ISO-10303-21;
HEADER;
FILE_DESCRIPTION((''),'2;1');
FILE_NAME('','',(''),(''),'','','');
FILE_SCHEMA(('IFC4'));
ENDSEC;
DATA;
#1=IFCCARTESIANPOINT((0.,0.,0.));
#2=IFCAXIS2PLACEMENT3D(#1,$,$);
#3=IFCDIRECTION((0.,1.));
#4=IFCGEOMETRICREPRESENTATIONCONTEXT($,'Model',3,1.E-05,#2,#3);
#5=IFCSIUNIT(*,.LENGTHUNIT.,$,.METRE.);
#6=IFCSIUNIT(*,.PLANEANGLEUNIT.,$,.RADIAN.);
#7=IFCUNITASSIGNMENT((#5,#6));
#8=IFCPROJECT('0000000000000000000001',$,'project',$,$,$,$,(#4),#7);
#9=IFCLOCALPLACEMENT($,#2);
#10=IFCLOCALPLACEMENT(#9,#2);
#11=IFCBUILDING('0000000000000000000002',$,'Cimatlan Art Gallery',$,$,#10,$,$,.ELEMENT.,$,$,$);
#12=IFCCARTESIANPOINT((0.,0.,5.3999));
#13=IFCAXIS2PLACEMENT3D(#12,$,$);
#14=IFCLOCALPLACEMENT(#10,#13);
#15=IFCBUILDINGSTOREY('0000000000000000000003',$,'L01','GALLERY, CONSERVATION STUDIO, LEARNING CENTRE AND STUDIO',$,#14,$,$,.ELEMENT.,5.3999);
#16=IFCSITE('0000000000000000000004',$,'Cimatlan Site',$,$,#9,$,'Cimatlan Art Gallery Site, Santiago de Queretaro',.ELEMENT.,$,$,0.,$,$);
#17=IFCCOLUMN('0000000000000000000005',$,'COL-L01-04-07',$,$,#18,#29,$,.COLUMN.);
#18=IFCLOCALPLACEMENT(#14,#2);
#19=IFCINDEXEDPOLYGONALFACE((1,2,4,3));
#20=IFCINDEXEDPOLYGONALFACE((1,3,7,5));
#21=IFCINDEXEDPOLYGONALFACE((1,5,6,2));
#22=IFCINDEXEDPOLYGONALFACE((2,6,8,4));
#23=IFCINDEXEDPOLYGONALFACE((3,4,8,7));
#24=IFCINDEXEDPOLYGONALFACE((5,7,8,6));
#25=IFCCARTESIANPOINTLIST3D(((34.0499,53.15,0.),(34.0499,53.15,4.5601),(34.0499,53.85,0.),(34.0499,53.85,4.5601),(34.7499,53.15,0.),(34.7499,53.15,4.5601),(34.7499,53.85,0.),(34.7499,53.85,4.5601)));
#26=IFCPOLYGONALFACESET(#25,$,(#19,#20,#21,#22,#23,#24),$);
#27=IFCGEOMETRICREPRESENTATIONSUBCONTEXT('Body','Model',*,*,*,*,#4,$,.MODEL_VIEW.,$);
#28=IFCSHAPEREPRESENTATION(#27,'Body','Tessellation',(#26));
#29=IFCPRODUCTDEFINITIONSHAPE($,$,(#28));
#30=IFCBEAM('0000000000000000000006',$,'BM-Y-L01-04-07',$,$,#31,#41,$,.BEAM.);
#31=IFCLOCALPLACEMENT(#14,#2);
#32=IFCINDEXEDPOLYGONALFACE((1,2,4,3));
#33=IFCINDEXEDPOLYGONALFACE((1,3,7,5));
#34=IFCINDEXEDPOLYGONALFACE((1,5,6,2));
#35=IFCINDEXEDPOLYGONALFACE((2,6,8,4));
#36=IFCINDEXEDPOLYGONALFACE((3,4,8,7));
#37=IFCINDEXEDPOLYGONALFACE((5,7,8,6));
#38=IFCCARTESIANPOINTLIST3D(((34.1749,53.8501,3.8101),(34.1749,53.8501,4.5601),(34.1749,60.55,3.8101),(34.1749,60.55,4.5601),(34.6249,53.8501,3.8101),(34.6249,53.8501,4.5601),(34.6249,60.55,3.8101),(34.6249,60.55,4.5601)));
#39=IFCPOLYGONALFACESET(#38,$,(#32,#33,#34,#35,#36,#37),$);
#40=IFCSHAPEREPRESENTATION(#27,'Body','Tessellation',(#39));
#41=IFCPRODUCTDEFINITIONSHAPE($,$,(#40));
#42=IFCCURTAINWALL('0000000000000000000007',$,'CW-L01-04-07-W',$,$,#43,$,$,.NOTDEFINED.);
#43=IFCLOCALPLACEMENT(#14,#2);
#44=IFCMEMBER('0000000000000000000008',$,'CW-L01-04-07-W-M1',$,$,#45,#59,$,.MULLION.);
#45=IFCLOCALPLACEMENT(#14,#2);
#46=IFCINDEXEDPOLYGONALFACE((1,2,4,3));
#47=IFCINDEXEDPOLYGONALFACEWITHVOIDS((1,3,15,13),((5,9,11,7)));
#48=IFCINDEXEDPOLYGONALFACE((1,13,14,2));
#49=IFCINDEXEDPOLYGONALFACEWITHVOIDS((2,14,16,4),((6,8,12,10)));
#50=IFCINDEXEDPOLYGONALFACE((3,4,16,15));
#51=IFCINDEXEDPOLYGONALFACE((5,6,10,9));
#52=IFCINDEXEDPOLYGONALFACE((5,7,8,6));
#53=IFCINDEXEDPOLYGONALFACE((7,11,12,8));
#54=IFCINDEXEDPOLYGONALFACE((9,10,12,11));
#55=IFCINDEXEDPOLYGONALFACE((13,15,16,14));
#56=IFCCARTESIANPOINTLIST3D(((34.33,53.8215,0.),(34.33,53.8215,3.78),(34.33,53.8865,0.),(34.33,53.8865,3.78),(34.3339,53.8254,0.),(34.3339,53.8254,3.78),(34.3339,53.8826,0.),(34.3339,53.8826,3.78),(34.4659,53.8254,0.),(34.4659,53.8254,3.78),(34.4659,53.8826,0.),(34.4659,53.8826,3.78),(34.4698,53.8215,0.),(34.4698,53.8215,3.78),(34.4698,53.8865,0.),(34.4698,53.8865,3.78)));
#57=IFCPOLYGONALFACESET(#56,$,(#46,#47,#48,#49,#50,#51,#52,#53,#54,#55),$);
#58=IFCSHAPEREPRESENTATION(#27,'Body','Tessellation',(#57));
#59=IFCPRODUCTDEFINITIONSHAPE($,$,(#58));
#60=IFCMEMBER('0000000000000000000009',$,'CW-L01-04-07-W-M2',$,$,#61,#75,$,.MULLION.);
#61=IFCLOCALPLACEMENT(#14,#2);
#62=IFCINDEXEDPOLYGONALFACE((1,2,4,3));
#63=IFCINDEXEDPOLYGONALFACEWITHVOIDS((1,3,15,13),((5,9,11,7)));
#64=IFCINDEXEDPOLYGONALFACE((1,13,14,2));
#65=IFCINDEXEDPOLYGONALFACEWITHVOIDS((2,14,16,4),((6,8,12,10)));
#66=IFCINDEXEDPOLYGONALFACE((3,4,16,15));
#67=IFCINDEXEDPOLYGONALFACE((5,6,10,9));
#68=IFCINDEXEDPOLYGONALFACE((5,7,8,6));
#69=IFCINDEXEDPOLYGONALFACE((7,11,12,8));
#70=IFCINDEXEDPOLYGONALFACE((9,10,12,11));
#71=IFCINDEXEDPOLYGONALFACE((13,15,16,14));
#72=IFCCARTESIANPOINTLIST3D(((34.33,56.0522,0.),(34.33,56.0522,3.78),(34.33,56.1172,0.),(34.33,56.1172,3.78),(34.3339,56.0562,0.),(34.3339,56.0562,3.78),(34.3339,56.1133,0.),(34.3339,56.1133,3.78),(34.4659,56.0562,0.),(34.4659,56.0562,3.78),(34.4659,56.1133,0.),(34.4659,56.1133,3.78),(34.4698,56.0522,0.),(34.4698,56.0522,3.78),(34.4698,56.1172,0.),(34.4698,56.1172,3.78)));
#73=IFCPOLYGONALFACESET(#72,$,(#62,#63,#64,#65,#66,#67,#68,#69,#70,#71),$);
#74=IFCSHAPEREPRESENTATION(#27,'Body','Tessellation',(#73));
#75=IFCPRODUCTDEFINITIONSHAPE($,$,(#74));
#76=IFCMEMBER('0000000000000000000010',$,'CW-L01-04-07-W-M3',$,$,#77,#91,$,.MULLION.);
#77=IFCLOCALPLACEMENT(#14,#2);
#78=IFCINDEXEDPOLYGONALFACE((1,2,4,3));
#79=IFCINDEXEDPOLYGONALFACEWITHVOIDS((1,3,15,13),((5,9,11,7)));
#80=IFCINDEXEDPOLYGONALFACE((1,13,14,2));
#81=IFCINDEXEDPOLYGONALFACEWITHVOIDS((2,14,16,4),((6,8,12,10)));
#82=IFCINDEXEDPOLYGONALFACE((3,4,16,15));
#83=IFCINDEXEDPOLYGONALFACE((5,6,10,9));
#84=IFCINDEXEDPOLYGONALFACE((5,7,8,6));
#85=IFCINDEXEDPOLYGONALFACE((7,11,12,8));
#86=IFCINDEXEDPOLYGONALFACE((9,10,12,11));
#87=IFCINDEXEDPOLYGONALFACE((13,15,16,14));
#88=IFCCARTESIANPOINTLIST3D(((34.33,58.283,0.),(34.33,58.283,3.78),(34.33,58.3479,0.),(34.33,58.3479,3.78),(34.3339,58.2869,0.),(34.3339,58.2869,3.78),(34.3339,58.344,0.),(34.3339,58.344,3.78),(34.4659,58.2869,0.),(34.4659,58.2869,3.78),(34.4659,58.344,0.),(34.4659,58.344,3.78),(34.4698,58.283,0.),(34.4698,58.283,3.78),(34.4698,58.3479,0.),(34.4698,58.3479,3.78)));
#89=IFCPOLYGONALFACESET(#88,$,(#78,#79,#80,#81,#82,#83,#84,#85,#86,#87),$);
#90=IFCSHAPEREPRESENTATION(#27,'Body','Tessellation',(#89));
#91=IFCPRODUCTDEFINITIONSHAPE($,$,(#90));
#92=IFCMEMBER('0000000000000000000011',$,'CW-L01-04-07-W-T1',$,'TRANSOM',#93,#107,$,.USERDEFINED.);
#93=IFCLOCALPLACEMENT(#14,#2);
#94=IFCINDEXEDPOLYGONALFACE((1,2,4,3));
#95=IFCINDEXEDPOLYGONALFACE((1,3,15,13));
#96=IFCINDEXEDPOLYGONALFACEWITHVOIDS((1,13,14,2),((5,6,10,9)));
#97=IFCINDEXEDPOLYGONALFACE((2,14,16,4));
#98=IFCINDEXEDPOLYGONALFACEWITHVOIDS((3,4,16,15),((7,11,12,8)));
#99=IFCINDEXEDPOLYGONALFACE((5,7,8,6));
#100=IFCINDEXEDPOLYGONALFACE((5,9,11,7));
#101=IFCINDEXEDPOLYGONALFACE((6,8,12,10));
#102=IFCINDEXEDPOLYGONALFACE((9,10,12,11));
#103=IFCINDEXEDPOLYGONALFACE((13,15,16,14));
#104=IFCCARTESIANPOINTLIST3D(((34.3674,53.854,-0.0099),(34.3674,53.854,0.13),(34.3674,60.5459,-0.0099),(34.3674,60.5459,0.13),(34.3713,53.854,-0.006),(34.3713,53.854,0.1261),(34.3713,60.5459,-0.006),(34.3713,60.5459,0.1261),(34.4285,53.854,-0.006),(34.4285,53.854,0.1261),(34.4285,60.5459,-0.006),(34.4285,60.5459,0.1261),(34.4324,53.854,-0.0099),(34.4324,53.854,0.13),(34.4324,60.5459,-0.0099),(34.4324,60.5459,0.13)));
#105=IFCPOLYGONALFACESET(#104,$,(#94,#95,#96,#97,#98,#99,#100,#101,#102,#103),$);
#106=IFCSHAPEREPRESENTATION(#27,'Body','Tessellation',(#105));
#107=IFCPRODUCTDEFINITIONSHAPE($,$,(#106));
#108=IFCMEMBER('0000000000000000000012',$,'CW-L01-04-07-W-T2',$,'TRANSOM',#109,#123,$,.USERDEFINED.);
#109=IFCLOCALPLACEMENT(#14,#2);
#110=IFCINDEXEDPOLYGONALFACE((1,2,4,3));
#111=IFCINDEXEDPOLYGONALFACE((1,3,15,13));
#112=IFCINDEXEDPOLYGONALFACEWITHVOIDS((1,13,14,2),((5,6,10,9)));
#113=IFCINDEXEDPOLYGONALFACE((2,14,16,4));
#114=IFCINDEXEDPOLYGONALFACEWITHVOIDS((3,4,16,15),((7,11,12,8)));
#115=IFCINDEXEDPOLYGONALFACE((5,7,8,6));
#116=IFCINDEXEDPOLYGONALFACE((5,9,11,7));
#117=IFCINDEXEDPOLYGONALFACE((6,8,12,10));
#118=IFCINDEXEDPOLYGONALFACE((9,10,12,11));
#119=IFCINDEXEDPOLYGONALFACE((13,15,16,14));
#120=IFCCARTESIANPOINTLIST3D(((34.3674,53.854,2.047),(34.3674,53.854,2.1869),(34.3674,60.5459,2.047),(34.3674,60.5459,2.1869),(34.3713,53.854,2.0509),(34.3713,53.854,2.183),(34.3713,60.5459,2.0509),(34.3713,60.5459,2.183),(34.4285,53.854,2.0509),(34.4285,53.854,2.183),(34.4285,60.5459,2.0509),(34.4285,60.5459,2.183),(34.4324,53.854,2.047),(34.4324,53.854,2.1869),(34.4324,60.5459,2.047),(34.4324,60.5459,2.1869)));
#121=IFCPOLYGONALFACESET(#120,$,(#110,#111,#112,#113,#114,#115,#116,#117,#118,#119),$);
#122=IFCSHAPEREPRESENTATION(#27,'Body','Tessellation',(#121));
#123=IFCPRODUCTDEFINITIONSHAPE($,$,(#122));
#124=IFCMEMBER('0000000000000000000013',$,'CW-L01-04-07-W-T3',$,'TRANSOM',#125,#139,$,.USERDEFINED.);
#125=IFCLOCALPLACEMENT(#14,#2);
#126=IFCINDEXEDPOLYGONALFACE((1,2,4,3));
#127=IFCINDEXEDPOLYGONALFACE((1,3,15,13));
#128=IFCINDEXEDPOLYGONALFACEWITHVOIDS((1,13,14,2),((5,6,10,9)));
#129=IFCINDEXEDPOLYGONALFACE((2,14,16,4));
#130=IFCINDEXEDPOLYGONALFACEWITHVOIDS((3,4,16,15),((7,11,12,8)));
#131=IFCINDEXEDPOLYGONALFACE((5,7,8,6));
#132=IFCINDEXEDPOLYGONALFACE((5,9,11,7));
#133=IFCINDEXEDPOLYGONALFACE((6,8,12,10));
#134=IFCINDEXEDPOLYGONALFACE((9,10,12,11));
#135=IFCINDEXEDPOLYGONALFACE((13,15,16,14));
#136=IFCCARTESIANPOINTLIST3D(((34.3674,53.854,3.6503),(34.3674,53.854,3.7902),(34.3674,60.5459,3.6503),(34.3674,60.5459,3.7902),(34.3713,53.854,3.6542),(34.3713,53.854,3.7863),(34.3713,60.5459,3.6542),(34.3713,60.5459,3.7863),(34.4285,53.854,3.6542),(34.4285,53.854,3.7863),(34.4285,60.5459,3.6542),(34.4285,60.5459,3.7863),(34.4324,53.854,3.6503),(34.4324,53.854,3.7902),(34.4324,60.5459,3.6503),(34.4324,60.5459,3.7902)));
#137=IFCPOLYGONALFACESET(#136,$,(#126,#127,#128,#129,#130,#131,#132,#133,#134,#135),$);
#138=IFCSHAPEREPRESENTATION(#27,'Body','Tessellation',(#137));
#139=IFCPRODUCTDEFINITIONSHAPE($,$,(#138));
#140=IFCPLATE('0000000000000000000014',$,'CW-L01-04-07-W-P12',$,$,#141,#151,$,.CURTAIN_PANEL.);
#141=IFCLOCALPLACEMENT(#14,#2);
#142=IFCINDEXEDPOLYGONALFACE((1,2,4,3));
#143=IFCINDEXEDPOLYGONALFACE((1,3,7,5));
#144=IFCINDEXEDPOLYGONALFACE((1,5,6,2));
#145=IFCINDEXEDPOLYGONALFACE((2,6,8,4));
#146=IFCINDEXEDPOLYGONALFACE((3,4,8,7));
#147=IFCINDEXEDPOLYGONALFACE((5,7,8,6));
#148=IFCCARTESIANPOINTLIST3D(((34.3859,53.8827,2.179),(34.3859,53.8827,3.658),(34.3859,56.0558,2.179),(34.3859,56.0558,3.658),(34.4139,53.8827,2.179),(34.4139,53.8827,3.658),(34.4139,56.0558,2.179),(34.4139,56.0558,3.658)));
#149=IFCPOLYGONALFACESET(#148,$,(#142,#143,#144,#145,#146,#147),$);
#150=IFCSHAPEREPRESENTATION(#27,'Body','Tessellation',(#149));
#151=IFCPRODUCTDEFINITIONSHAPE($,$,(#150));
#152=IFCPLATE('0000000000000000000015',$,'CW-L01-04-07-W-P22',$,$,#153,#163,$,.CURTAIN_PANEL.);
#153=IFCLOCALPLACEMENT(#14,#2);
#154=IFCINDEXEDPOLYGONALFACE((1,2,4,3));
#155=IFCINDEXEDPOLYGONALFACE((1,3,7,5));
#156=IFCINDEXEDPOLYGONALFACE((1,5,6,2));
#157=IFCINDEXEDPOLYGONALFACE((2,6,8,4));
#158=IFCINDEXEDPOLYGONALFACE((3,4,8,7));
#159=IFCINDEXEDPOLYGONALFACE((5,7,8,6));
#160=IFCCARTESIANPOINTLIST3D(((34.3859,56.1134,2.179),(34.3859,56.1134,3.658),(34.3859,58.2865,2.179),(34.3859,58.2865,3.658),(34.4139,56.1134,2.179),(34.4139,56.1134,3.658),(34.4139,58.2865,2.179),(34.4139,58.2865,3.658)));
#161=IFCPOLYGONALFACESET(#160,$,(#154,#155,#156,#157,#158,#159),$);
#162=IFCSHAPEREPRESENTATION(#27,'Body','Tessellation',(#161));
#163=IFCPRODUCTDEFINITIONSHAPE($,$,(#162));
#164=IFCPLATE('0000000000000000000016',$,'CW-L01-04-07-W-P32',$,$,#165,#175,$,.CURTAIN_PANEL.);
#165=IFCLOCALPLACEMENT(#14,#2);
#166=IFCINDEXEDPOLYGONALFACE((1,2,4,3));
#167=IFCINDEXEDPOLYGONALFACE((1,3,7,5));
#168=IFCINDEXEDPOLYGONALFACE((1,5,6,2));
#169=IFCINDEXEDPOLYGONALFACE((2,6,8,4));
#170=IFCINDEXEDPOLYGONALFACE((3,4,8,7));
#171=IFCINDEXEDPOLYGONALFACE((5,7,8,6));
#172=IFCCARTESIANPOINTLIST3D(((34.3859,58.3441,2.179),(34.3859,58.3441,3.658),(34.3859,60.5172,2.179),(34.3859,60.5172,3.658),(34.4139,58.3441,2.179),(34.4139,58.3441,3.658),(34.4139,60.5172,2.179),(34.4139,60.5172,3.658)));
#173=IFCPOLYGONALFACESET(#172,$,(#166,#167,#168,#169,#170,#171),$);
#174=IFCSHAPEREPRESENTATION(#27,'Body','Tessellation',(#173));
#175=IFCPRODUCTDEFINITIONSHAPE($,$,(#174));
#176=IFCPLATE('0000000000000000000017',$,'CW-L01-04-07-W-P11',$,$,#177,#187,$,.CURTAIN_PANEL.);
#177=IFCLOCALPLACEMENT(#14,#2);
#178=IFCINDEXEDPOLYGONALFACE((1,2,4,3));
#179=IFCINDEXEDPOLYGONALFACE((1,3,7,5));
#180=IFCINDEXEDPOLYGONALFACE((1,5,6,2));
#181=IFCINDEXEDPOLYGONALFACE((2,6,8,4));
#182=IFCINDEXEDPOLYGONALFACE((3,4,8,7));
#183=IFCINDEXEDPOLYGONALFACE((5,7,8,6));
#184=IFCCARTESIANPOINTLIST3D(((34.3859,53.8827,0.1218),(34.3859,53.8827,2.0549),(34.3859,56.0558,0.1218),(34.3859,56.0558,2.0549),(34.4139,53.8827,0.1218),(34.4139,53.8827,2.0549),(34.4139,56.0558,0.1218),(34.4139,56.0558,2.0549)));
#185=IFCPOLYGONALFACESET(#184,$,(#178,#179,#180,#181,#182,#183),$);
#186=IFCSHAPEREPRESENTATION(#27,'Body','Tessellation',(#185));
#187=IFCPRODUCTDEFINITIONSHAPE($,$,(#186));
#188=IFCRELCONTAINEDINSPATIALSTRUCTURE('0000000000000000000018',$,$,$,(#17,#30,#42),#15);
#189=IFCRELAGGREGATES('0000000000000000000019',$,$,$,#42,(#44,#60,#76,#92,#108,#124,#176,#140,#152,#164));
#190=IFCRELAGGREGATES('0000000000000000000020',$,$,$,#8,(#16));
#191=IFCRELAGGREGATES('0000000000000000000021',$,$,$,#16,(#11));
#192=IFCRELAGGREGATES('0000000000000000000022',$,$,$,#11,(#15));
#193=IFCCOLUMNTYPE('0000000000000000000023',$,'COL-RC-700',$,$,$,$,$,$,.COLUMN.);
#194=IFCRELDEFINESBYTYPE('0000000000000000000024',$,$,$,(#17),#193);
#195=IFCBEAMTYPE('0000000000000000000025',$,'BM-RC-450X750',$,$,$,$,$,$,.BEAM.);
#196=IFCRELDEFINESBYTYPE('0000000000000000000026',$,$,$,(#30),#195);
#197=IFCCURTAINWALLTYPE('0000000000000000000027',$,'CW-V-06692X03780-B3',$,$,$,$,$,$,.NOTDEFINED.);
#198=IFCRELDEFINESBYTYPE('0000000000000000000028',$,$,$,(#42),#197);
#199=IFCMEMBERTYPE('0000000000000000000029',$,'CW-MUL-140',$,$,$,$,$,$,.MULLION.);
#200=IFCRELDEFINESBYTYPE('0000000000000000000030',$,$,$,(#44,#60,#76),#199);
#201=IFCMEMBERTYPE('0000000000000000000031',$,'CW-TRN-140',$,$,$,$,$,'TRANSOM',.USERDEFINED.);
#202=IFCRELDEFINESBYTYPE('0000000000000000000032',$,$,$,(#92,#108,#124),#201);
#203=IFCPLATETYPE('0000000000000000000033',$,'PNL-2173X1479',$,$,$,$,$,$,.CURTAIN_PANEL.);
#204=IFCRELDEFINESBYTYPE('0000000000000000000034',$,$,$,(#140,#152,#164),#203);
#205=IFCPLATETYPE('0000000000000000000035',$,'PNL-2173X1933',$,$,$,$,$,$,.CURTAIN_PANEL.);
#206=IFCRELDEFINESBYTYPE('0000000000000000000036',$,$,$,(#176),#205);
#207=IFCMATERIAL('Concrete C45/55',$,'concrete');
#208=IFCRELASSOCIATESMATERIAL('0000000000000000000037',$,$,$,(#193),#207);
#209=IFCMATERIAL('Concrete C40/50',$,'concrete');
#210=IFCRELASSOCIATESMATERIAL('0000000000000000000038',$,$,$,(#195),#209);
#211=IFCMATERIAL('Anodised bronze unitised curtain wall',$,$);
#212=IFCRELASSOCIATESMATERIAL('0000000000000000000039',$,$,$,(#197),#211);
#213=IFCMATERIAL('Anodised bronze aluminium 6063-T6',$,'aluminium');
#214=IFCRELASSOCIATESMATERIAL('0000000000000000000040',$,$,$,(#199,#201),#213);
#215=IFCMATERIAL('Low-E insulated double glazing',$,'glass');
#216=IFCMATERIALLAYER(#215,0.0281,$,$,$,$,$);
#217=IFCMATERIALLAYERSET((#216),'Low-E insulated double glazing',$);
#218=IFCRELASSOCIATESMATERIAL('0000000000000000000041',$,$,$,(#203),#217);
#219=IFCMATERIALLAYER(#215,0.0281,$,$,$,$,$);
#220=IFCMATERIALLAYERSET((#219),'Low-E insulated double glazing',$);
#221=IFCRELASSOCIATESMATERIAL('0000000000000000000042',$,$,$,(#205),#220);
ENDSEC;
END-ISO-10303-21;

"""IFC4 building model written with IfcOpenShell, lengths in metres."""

from ifc_helpers import new_model, si_unit, direction, frame, origin, origin_2d, place, context, subcontext, project, spatial, rectangle, hollow_rectangle, extrude, material, layer, layer_set, material_profile, profile_set, type_object, element, aggregate, save


model = new_model("IFC4")

# Units and contexts
model_context = context("Model", 3, precision=1e-05, world=origin(), true_north=direction((0.0, 1.0)))
body_context = subcontext(model_context, "Body", "Model", "MODEL_VIEW")
ifc_project = project(units=[si_unit("LENGTHUNIT", "METRE"), si_unit("PLANEANGLEUNIT", "RADIAN")], contexts=[model_context])

# Site, building, storey
site_placement = place(None, origin())
site = spatial("IfcSite", under=ifc_project, at=site_placement, Name="Cimatlan Site", LongName="Cimatlan Art Gallery Site, Santiago de Queretaro", CompositionType="ELEMENT", RefElevation=0.0)
building_placement = place(site_placement, origin())
building = spatial("IfcBuilding", under=site, at=building_placement, Name="Cimatlan Art Gallery", CompositionType="ELEMENT")
storey_placement = place(building_placement, frame((0.0, 0.0, 5.3999)))
storey = spatial("IfcBuildingStorey", under=building, at=storey_placement, Name="L01", Description="GALLERY, CONSERVATION STUDIO, LEARNING CENTRE AND STUDIO", CompositionType="ELEMENT", Elevation=5.3999)

# Column
ifc_material_1 = material(Name="Concrete C45/55", Category="concrete")
ifc_material_profile_1 = material_profile(ifc_material_1, rectangle(XDim=0.7, YDim=0.7, at=origin_2d()), Name="RC700X700")
ifc_profile_set_1 = profile_set([ifc_material_profile_1], Name="Concrete C45/55")
column_type = type_object("IfcColumnType", Name="COL-RC-700", PredefinedType="COLUMN", material=ifc_profile_set_1)
column_placement = place(storey_placement, frame((34.3999, 53.5, 0.0), z_axis=(0.0, 0.0, 1.0), x_axis=(1.0, 0.0, 0.0)))
element("IfcColumn", 1, at=column_placement, inside=storey, type_object=column_type, Name="COL-L01-04-07", PredefinedType="COLUMN", context=body_context, shape_type="SweptSolid", body=[
    extrude(rectangle(XDim=0.7, YDim=0.7, at=origin_2d()), origin(), (0.0, 0.0, 1.0), 4.5601),
])

# Beam
ifc_material_2 = material(Name="Concrete C40/50", Category="concrete")
ifc_material_profile_2 = material_profile(ifc_material_2, rectangle(XDim=0.45, YDim=0.75, at=origin_2d()), Name="RC450X750")
ifc_profile_set_2 = profile_set([ifc_material_profile_2], Name="Concrete C40/50")
beam_type = type_object("IfcBeamType", Name="BM-RC-450X750", PredefinedType="BEAM", material=ifc_profile_set_2)
beam_placement = place(storey_placement, frame((34.3999, 53.8501, 4.1851), z_axis=(0.0, 1.0, 0.0), x_axis=(-1.0, 0.0, 0.0)))
element("IfcBeam", 2, at=beam_placement, inside=storey, type_object=beam_type, Name="BM-Y-L01-04-07", PredefinedType="BEAM", context=body_context, shape_type="SweptSolid", body=[
    extrude(rectangle(XDim=0.45, YDim=0.75, at=origin_2d()), origin(), (0.0, 0.0, 1.0), 6.7),
])

# Curtain wall, members, plates
ifc_material_3 = material(Name="Anodised bronze unitised curtain wall")
curtain_wall_type = type_object("IfcCurtainWallType", Name="CW-V-06692X03780-B3", PredefinedType="NOTDEFINED", material=ifc_material_3)
curtain_wall_placement = place(storey_placement, origin())
curtain_wall = element("IfcCurtainWall", 3, at=curtain_wall_placement, inside=storey, type_object=curtain_wall_type, Name="CW-L01-04-07-W", PredefinedType="NOTDEFINED")
ifc_material_4 = material(Name="Anodised bronze aluminium 6063-T6", Category="aluminium")
ifc_material_profile_3 = material_profile(ifc_material_4, hollow_rectangle(XDim=0.0649, YDim=0.1399, WallThickness=0.0039, at=origin_2d()), Name="ALU65X140X4")
ifc_profile_set_3 = profile_set([ifc_material_profile_3], Name="Anodised bronze aluminium 6063-T6")
member_type_1 = type_object("IfcMemberType", Name="CW-MUL-140", PredefinedType="MULLION", material=ifc_profile_set_3)
member_1_placement = place(storey_placement, frame((34.3999, 53.854, 0.0), z_axis=(0.0, 0.0, 1.0), x_axis=(0.0, 1.0, 0.0)))
member_1 = element("IfcMember", 4, at=member_1_placement, type_object=member_type_1, Name="CW-L01-04-07-W-M1", PredefinedType="MULLION", context=body_context, shape_type="SweptSolid", body=[
    extrude(hollow_rectangle(XDim=0.0649, YDim=0.1399, WallThickness=0.0039, at=origin_2d()), origin(), (0.0, 0.0, 1.0), 3.78),
])
member_2_placement = place(storey_placement, frame((34.3999, 56.0847, 0.0), z_axis=(0.0, 0.0, 1.0), x_axis=(0.0, 1.0, 0.0)))
member_2 = element("IfcMember", 5, at=member_2_placement, type_object=member_type_1, Name="CW-L01-04-07-W-M2", PredefinedType="MULLION", context=body_context, shape_type="SweptSolid", body=[
    extrude(hollow_rectangle(XDim=0.0649, YDim=0.1399, WallThickness=0.0039, at=origin_2d()), origin(), (0.0, 0.0, 1.0), 3.78),
])
member_3_placement = place(storey_placement, frame((34.3999, 58.3154, 0.0), z_axis=(0.0, 0.0, 1.0), x_axis=(0.0, 1.0, 0.0)))
member_3 = element("IfcMember", 6, at=member_3_placement, type_object=member_type_1, Name="CW-L01-04-07-W-M3", PredefinedType="MULLION", context=body_context, shape_type="SweptSolid", body=[
    extrude(hollow_rectangle(XDim=0.0649, YDim=0.1399, WallThickness=0.0039, at=origin_2d()), origin(), (0.0, 0.0, 1.0), 3.78),
])
ifc_material_profile_4 = material_profile(ifc_material_4, hollow_rectangle(XDim=0.0649, YDim=0.1399, WallThickness=0.0039, at=origin_2d()), Name="ALU65X140X4")
ifc_profile_set_4 = profile_set([ifc_material_profile_4], Name="Anodised bronze aluminium 6063-T6")
member_type_2 = type_object("IfcMemberType", Name="CW-TRN-140", ElementType="TRANSOM", PredefinedType="USERDEFINED", material=ifc_profile_set_4)
member_4_placement = place(storey_placement, frame((34.3999, 53.854, 0.0601), z_axis=(0.0, 1.0, 0.0), x_axis=(-1.0, 0.0, 0.0)))
member_4 = element("IfcMember", 7, at=member_4_placement, type_object=member_type_2, Name="CW-L01-04-07-W-T1", ObjectType="TRANSOM", PredefinedType="USERDEFINED", context=body_context, shape_type="SweptSolid", body=[
    extrude(hollow_rectangle(XDim=0.0649, YDim=0.1399, WallThickness=0.0039, at=origin_2d()), origin(), (0.0, 0.0, 1.0), 6.6919),
])
member_5_placement = place(storey_placement, frame((34.3999, 53.854, 2.1169), z_axis=(0.0, 1.0, 0.0), x_axis=(-1.0, 0.0, 0.0)))
member_5 = element("IfcMember", 8, at=member_5_placement, type_object=member_type_2, Name="CW-L01-04-07-W-T2", ObjectType="TRANSOM", PredefinedType="USERDEFINED", context=body_context, shape_type="SweptSolid", body=[
    extrude(hollow_rectangle(XDim=0.0649, YDim=0.1399, WallThickness=0.0039, at=origin_2d()), origin(), (0.0, 0.0, 1.0), 6.6919),
])
member_6_placement = place(storey_placement, frame((34.3999, 53.854, 3.7202), z_axis=(0.0, 1.0, 0.0), x_axis=(-1.0, 0.0, 0.0)))
member_6 = element("IfcMember", 9, at=member_6_placement, type_object=member_type_2, Name="CW-L01-04-07-W-T3", ObjectType="TRANSOM", PredefinedType="USERDEFINED", context=body_context, shape_type="SweptSolid", body=[
    extrude(hollow_rectangle(XDim=0.0649, YDim=0.1399, WallThickness=0.0039, at=origin_2d()), origin(), (0.0, 0.0, 1.0), 6.6919),
])
ifc_material_5 = material(Name="Low-E insulated double glazing", Category="glass")
ifc_layer_1 = layer(ifc_material_5, 0.0281)
ifc_layer_set_1 = layer_set([ifc_layer_1], Name="Low-E insulated double glazing")
plate_type_1 = type_object("IfcPlateType", Name="PNL-2173X1479", PredefinedType="CURTAIN_PANEL", material=ifc_layer_set_1)
plate_1_placement = place(storey_placement, frame((34.3999, 54.9692, 2.179), z_axis=(0.0, 0.0, 1.0), x_axis=(0.0, 1.0, 0.0)))
plate_1 = element("IfcPlate", 10, at=plate_1_placement, type_object=plate_type_1, Name="CW-L01-04-07-W-P12", PredefinedType="CURTAIN_PANEL", context=body_context, shape_type="SweptSolid", body=[
    extrude(rectangle(XDim=2.1731, YDim=0.0281, at=origin_2d()), origin(), (0.0, 0.0, 1.0), 1.479),
])
plate_2_placement = place(storey_placement, frame((34.3999, 57.2, 2.179), z_axis=(0.0, 0.0, 1.0), x_axis=(0.0, 1.0, 0.0)))
plate_2 = element("IfcPlate", 11, at=plate_2_placement, type_object=plate_type_1, Name="CW-L01-04-07-W-P22", PredefinedType="CURTAIN_PANEL", context=body_context, shape_type="SweptSolid", body=[
    extrude(rectangle(XDim=2.1731, YDim=0.0281, at=origin_2d()), origin(), (0.0, 0.0, 1.0), 1.479),
])
plate_3_placement = place(storey_placement, frame((34.3999, 59.4307, 2.179), z_axis=(0.0, 0.0, 1.0), x_axis=(0.0, 1.0, 0.0)))
plate_3 = element("IfcPlate", 12, at=plate_3_placement, type_object=plate_type_1, Name="CW-L01-04-07-W-P32", PredefinedType="CURTAIN_PANEL", context=body_context, shape_type="SweptSolid", body=[
    extrude(rectangle(XDim=2.1731, YDim=0.0281, at=origin_2d()), origin(), (0.0, 0.0, 1.0), 1.479),
])
ifc_layer_2 = layer(ifc_material_5, 0.0281)
ifc_layer_set_2 = layer_set([ifc_layer_2], Name="Low-E insulated double glazing")
plate_type_2 = type_object("IfcPlateType", Name="PNL-2173X1933", PredefinedType="CURTAIN_PANEL", material=ifc_layer_set_2)
plate_4_placement = place(storey_placement, frame((34.3999, 54.9692, 0.1218), z_axis=(0.0, 0.0, 1.0), x_axis=(0.0, 1.0, 0.0)))
plate_4 = element("IfcPlate", 13, at=plate_4_placement, type_object=plate_type_2, Name="CW-L01-04-07-W-P11", PredefinedType="CURTAIN_PANEL", context=body_context, shape_type="SweptSolid", body=[
    extrude(rectangle(XDim=2.1731, YDim=0.0281, at=origin_2d()), origin(), (0.0, 0.0, 1.0), 1.9331),
])
aggregate(curtain_wall, [member_1, member_2, member_3, member_4, member_5, member_6, plate_4, plate_1, plate_2, plate_3])

save(model, "model.ifc")
